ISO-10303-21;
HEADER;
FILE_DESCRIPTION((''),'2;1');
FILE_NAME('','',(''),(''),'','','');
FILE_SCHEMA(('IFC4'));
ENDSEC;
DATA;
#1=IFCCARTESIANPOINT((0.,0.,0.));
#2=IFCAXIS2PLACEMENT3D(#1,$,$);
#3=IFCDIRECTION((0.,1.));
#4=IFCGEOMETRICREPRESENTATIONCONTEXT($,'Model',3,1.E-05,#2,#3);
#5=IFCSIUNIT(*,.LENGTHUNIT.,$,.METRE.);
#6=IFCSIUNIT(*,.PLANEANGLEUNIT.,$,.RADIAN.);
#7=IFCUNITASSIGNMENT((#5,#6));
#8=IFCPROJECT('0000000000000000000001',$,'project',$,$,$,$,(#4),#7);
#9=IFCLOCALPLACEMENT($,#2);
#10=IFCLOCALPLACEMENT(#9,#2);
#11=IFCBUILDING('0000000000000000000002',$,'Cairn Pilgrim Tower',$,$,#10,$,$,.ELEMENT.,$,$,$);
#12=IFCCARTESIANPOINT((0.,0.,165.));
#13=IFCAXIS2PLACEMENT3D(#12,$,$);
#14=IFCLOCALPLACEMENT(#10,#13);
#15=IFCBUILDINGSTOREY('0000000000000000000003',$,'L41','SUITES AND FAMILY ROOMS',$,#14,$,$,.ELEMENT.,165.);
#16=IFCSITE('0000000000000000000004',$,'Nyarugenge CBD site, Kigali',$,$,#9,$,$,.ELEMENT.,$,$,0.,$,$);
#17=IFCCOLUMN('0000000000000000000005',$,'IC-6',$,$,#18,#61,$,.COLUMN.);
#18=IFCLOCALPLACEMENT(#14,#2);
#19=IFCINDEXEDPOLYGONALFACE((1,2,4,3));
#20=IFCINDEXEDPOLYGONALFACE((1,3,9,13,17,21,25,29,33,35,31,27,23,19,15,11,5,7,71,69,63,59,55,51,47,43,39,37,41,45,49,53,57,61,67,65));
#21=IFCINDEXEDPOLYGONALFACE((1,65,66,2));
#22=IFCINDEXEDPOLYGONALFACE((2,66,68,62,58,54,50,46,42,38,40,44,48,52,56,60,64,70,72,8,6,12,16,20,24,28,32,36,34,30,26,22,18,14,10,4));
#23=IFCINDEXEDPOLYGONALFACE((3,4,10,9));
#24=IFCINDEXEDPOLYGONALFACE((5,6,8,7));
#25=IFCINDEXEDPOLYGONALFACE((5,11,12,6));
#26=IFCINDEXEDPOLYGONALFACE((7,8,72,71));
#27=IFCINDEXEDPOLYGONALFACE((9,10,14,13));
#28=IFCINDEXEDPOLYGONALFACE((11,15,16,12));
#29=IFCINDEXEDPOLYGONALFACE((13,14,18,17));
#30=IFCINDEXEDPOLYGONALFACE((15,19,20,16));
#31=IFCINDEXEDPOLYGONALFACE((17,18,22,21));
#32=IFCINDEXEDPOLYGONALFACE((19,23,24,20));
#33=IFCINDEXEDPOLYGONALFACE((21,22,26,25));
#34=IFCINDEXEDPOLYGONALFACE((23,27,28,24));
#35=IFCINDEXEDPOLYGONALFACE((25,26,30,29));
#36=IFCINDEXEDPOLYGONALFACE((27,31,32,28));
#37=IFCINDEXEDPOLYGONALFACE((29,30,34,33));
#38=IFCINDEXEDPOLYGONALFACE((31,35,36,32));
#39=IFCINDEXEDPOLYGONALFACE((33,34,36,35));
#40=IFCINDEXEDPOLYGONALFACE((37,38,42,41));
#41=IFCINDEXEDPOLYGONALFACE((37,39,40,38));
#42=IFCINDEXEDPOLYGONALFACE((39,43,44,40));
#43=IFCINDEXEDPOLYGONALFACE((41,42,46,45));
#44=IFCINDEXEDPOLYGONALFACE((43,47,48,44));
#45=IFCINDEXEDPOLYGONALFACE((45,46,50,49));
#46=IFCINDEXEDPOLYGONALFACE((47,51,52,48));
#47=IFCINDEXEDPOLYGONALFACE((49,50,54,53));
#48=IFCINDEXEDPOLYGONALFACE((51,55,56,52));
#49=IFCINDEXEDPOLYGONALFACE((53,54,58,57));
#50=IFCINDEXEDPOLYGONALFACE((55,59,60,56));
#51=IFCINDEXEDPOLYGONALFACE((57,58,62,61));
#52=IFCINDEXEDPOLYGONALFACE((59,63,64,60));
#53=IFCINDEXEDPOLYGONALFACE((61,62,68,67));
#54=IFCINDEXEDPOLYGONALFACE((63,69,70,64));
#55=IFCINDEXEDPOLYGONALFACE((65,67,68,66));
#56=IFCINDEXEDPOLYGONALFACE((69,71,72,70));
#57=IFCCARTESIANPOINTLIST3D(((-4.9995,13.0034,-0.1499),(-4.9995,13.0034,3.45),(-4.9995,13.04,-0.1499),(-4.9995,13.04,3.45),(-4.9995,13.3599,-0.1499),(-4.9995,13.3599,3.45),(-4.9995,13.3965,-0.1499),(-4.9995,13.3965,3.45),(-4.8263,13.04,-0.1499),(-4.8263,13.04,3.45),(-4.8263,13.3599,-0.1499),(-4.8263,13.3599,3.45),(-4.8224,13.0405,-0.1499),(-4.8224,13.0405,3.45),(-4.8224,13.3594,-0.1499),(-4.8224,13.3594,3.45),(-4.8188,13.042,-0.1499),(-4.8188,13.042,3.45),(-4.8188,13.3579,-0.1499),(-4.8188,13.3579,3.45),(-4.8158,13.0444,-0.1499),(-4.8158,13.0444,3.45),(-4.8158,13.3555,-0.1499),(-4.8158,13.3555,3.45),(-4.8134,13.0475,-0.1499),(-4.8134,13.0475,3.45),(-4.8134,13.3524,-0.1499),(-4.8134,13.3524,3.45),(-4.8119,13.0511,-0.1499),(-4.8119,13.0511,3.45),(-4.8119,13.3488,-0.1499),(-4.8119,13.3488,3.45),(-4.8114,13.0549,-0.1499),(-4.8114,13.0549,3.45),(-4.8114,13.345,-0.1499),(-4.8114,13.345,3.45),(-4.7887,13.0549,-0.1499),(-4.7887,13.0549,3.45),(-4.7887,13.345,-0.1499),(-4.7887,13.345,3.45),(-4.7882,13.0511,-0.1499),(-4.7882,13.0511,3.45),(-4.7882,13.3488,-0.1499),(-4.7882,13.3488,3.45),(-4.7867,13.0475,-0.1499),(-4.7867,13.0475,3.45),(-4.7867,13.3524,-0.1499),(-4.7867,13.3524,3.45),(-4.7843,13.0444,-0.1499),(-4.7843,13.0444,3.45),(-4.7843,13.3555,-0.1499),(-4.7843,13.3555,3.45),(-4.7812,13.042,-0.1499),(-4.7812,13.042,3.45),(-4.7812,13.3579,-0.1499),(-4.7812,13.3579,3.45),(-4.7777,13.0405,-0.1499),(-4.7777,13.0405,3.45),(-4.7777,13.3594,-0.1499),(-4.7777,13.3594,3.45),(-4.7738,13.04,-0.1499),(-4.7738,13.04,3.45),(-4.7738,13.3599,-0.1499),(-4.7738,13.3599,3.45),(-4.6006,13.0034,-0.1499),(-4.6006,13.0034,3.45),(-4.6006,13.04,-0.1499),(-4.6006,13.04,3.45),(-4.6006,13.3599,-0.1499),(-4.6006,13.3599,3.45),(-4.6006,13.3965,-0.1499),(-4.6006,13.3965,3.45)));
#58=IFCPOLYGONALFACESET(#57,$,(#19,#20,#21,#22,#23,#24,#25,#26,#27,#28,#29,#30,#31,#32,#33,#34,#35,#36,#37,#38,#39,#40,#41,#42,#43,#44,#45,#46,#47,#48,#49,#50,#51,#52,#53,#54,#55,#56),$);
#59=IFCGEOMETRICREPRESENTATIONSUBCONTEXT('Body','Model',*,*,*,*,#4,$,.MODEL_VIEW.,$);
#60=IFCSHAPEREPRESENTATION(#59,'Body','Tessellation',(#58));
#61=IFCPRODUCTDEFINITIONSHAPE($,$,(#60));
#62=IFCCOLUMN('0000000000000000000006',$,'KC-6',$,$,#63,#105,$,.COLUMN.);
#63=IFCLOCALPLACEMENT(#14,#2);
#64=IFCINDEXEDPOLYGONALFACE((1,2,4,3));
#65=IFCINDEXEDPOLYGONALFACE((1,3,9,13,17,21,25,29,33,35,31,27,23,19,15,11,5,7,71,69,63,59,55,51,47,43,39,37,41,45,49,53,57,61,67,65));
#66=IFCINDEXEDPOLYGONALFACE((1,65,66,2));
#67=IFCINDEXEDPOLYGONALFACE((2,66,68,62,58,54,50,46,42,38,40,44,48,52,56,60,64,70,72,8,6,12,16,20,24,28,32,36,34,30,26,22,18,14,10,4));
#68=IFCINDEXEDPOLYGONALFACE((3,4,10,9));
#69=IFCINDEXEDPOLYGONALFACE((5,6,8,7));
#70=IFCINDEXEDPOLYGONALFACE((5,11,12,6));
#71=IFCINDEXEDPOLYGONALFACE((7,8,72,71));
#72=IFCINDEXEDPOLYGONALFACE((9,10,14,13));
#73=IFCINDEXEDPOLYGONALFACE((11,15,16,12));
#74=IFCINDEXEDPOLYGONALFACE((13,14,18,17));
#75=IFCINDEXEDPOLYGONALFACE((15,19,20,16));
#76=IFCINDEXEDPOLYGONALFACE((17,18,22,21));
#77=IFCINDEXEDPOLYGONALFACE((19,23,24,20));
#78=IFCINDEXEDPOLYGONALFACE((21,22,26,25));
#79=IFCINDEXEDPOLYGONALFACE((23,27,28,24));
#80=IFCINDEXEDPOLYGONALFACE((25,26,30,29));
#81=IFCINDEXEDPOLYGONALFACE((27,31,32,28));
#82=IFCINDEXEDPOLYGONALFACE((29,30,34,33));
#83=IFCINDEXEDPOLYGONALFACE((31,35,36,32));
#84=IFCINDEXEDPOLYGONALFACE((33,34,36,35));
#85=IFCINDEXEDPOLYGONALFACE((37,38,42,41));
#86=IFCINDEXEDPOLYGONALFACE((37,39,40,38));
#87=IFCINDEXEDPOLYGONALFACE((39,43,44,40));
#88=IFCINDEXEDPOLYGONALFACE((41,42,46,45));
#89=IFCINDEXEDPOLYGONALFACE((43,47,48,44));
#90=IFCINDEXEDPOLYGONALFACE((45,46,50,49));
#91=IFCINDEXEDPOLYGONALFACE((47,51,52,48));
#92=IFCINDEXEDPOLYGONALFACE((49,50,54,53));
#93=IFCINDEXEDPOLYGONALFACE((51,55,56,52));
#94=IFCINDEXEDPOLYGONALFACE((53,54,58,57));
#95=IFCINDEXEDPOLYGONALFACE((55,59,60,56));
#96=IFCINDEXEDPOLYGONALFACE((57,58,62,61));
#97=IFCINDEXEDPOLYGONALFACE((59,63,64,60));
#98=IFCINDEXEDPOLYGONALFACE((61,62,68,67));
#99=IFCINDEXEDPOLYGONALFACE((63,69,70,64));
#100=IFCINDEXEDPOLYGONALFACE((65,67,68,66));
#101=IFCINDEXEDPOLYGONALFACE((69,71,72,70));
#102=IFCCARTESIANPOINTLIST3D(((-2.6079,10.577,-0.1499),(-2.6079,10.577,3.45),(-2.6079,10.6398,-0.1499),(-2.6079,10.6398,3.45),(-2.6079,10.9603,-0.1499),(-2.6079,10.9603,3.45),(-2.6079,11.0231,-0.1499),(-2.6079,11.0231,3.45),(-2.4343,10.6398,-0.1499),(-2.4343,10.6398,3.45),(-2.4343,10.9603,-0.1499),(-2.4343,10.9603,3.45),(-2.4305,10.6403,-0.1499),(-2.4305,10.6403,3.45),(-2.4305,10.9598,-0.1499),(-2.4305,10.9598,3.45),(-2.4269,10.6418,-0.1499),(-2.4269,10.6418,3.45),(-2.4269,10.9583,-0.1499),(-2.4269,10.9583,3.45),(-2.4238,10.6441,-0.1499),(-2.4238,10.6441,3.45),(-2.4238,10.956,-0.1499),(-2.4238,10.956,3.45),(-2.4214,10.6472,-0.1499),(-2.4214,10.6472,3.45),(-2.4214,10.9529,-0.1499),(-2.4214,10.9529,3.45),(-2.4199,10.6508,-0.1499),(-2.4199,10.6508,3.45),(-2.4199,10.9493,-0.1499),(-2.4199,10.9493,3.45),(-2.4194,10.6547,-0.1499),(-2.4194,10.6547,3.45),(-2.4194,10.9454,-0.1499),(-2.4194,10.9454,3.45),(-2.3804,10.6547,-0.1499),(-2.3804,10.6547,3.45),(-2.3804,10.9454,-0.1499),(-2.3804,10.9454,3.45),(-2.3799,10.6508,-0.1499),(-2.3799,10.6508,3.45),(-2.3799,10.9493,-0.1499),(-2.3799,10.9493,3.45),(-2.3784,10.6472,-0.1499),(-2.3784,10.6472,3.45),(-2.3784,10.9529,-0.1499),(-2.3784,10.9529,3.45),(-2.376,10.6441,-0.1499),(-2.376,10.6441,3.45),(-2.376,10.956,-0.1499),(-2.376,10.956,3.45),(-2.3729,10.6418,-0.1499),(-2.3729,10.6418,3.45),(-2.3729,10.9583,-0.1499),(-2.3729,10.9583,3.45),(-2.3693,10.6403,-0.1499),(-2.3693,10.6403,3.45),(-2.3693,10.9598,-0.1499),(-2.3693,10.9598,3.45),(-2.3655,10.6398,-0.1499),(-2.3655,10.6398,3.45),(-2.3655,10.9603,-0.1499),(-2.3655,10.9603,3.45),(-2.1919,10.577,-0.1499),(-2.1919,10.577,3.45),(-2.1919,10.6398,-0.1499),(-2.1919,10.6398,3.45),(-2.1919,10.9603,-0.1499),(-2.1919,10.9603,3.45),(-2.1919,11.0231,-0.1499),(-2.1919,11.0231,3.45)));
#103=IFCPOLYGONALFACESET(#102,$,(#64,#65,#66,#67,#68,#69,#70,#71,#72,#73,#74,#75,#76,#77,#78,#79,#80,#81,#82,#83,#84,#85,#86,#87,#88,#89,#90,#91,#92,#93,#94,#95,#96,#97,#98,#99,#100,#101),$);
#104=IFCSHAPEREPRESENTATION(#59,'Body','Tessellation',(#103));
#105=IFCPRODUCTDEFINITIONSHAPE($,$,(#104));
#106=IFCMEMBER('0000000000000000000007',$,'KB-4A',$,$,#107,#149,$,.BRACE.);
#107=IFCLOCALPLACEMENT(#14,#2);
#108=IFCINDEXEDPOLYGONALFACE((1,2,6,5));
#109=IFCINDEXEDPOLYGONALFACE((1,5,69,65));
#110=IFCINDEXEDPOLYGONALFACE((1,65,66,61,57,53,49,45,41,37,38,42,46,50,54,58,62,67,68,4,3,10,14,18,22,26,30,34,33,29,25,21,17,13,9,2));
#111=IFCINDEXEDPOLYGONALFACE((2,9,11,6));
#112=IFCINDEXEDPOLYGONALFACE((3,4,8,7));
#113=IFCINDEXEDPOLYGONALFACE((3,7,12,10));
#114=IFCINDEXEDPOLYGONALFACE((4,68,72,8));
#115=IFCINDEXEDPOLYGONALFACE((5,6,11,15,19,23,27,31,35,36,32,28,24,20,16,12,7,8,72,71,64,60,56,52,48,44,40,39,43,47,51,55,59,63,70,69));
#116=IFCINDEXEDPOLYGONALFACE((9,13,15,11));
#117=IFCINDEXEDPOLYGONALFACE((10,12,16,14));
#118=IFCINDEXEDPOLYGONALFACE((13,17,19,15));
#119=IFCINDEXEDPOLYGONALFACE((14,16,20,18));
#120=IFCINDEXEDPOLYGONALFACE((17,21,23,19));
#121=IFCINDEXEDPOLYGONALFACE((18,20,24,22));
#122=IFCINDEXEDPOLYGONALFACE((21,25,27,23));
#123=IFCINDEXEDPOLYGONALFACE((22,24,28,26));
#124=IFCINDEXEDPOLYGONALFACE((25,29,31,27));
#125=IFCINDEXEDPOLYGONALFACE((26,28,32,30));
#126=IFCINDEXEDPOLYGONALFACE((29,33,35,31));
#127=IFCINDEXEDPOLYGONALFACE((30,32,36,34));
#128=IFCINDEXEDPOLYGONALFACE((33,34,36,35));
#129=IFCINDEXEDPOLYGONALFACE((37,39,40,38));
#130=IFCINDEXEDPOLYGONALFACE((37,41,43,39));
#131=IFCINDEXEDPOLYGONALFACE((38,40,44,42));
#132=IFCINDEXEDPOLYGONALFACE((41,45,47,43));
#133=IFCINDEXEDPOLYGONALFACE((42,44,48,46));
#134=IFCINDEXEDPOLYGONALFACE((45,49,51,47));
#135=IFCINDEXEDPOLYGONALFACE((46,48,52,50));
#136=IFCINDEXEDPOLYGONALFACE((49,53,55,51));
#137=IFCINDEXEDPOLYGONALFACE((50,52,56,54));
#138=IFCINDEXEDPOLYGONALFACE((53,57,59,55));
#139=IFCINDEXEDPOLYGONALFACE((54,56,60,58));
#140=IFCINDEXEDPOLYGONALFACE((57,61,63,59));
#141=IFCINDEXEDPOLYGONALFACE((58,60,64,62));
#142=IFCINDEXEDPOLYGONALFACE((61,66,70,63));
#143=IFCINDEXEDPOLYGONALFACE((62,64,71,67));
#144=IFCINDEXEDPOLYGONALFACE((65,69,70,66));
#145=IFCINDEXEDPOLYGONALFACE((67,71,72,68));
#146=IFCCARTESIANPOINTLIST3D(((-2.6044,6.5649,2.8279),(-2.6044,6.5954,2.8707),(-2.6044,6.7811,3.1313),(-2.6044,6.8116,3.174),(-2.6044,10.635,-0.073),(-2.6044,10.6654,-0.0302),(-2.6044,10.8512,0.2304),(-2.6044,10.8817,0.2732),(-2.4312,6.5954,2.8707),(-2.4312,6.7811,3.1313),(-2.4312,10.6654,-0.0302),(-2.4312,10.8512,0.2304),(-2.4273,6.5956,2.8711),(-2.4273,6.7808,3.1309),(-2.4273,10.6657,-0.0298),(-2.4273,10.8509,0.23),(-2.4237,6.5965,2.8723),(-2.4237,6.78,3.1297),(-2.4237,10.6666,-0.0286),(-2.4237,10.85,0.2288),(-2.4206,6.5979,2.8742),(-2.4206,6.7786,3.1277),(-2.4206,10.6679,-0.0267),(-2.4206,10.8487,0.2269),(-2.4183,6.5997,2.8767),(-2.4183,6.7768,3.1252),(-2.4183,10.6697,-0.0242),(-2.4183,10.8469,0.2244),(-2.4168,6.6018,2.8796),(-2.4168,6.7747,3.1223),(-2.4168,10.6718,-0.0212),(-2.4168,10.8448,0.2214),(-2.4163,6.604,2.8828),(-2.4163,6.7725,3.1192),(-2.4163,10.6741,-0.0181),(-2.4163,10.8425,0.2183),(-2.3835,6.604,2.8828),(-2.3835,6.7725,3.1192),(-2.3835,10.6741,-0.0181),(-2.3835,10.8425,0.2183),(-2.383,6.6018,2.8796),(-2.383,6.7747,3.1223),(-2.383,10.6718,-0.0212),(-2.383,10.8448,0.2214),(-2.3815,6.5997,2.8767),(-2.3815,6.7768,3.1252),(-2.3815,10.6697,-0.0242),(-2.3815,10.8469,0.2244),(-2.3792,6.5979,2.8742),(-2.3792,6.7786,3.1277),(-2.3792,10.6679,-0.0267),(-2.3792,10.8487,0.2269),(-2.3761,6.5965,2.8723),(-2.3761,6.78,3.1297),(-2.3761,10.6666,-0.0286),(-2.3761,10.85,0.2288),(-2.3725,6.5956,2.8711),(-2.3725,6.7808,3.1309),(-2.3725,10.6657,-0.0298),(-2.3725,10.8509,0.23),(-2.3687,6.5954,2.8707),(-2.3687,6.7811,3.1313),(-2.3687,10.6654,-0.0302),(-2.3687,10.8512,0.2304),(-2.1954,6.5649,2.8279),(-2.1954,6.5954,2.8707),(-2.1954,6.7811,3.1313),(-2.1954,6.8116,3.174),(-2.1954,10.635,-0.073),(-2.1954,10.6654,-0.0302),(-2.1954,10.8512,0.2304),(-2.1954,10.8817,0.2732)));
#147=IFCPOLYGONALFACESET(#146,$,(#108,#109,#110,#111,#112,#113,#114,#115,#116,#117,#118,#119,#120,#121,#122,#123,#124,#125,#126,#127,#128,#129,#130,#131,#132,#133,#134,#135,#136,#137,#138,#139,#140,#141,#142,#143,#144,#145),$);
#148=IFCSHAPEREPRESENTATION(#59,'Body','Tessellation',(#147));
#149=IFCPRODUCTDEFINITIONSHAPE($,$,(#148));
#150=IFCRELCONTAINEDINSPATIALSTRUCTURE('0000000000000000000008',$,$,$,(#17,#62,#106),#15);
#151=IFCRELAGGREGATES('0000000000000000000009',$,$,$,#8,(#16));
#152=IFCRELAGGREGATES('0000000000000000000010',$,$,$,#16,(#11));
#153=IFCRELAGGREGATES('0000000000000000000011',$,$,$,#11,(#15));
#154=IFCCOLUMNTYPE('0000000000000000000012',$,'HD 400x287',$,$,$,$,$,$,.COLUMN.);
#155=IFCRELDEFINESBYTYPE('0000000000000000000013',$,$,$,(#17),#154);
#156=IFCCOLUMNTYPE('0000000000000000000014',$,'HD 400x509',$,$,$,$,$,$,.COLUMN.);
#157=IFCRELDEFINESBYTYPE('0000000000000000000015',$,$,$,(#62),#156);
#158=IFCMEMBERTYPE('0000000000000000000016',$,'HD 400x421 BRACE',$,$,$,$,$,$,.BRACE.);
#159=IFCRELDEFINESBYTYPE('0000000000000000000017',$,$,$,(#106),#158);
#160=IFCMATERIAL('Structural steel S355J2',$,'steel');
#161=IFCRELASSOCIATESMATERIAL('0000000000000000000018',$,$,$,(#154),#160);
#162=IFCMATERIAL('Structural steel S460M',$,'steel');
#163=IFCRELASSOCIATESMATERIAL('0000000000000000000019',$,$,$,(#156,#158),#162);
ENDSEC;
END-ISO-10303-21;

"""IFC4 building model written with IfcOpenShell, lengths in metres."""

from ifc_helpers import new_model, si_unit, direction, frame, origin, origin_2d, place, context, subcontext, project, spatial, i_section, extrude, material, material_profile, profile_set, type_object, element, save


model = new_model("IFC4")

# Units and contexts
model_context = context("Model", 3, precision=1e-05, world=origin(), true_north=direction((0.0, 1.0)))
body_context = subcontext(model_context, "Body", "Model", "MODEL_VIEW")
ifc_project = project(units=[si_unit("LENGTHUNIT", "METRE"), si_unit("PLANEANGLEUNIT", "RADIAN")], contexts=[model_context])

# Site, building, storey
site_placement = place(None, origin())
site = spatial("IfcSite", under=ifc_project, at=site_placement, Name="Nyarugenge CBD site, Kigali", CompositionType="ELEMENT", RefElevation=0.0)
building_placement = place(site_placement, origin())
building = spatial("IfcBuilding", under=site, at=building_placement, Name="Cairn Pilgrim Tower", CompositionType="ELEMENT")
storey_placement = place(building_placement, frame((0.0, 0.0, 165.0)))
storey = spatial("IfcBuildingStorey", under=building, at=storey_placement, Name="L41", Description="SUITES AND FAMILY ROOMS", CompositionType="ELEMENT", Elevation=165.0)

# Columns
ifc_material_1 = material(Name="Structural steel S355J2", Category="steel")
ifc_material_profile_1 = material_profile(ifc_material_1, i_section(OverallWidth=0.3989, OverallDepth=0.3931, WebThickness=0.0227, FlangeThickness=0.0366, FilletRadius=0.0149, at=origin_2d()), Name="HD 400x287")
ifc_profile_set_1 = profile_set([ifc_material_profile_1], Name="Structural steel S355J2")
column_type_1 = type_object("IfcColumnType", Name="HD 400x287", PredefinedType="COLUMN", material=ifc_profile_set_1)
column_1_placement = place(storey_placement, frame((-4.8, 13.2, -0.1499), z_axis=(0.0, 0.0, 1.0), x_axis=(1.0, 0.0, 0.0)))
element("IfcColumn", 1, at=column_1_placement, inside=storey, type_object=column_type_1, Name="IC-6", PredefinedType="COLUMN", context=body_context, shape_type="SweptSolid", body=[
    extrude(i_section(OverallWidth=0.3989, OverallDepth=0.3931, WebThickness=0.0227, FlangeThickness=0.0366, FilletRadius=0.0149, at=origin_2d()), origin(), (0.0, 0.0, 1.0), 3.5999),
])
ifc_material_2 = material(Name="Structural steel S460M", Category="steel")
ifc_material_profile_2 = material_profile(ifc_material_2, i_section(OverallWidth=0.416, OverallDepth=0.446, WebThickness=0.0391, FlangeThickness=0.0627, FilletRadius=0.0149, at=origin_2d()), Name="HD 400x509")
ifc_profile_set_2 = profile_set([ifc_material_profile_2], Name="Structural steel S460M")
column_type_2 = type_object("IfcColumnType", Name="HD 400x509", PredefinedType="COLUMN", material=ifc_profile_set_2)
column_2_placement = place(storey_placement, frame((-2.3999, 10.8, -0.1499), z_axis=(0.0, 0.0, 1.0), x_axis=(1.0, 0.0, 0.0)))
element("IfcColumn", 2, at=column_2_placement, inside=storey, type_object=column_type_2, Name="KC-6", PredefinedType="COLUMN", context=body_context, shape_type="SweptSolid", body=[
    extrude(i_section(OverallWidth=0.416, OverallDepth=0.446, WebThickness=0.0391, FlangeThickness=0.0627, FilletRadius=0.0149, at=origin_2d()), origin(), (0.0, 0.0, 1.0), 3.5999),
])

# Member
ifc_material_profile_3 = material_profile(ifc_material_2, i_section(OverallWidth=0.4089, OverallDepth=0.425, WebThickness=0.0327, FlangeThickness=0.0525, FilletRadius=0.0149, at=origin_2d()), Name="HD 400x421")
ifc_profile_set_3 = profile_set([ifc_material_profile_3], Name="Structural steel S460M")
member_type = type_object("IfcMemberType", Name="HD 400x421 BRACE", PredefinedType="BRACE", material=ifc_profile_set_3)
member_placement = place(storey_placement, frame((-2.3999, 10.7583, 0.1001), z_axis=(0.0, -0.81433, 0.580402), x_axis=(1.0, 0.0, 0.0)))
element("IfcMember", 3, at=member_placement, inside=storey, type_object=member_type, Name="KB-4A", PredefinedType="BRACE", context=body_context, shape_type="SweptSolid", body=[
    extrude(i_section(OverallWidth=0.4089, OverallDepth=0.425, WebThickness=0.0327, FlangeThickness=0.0525, FilletRadius=0.0149, at=origin_2d()), origin(), (0.0, 0.0, 1.0), 4.998),
])

save(model, "model.ifc")
